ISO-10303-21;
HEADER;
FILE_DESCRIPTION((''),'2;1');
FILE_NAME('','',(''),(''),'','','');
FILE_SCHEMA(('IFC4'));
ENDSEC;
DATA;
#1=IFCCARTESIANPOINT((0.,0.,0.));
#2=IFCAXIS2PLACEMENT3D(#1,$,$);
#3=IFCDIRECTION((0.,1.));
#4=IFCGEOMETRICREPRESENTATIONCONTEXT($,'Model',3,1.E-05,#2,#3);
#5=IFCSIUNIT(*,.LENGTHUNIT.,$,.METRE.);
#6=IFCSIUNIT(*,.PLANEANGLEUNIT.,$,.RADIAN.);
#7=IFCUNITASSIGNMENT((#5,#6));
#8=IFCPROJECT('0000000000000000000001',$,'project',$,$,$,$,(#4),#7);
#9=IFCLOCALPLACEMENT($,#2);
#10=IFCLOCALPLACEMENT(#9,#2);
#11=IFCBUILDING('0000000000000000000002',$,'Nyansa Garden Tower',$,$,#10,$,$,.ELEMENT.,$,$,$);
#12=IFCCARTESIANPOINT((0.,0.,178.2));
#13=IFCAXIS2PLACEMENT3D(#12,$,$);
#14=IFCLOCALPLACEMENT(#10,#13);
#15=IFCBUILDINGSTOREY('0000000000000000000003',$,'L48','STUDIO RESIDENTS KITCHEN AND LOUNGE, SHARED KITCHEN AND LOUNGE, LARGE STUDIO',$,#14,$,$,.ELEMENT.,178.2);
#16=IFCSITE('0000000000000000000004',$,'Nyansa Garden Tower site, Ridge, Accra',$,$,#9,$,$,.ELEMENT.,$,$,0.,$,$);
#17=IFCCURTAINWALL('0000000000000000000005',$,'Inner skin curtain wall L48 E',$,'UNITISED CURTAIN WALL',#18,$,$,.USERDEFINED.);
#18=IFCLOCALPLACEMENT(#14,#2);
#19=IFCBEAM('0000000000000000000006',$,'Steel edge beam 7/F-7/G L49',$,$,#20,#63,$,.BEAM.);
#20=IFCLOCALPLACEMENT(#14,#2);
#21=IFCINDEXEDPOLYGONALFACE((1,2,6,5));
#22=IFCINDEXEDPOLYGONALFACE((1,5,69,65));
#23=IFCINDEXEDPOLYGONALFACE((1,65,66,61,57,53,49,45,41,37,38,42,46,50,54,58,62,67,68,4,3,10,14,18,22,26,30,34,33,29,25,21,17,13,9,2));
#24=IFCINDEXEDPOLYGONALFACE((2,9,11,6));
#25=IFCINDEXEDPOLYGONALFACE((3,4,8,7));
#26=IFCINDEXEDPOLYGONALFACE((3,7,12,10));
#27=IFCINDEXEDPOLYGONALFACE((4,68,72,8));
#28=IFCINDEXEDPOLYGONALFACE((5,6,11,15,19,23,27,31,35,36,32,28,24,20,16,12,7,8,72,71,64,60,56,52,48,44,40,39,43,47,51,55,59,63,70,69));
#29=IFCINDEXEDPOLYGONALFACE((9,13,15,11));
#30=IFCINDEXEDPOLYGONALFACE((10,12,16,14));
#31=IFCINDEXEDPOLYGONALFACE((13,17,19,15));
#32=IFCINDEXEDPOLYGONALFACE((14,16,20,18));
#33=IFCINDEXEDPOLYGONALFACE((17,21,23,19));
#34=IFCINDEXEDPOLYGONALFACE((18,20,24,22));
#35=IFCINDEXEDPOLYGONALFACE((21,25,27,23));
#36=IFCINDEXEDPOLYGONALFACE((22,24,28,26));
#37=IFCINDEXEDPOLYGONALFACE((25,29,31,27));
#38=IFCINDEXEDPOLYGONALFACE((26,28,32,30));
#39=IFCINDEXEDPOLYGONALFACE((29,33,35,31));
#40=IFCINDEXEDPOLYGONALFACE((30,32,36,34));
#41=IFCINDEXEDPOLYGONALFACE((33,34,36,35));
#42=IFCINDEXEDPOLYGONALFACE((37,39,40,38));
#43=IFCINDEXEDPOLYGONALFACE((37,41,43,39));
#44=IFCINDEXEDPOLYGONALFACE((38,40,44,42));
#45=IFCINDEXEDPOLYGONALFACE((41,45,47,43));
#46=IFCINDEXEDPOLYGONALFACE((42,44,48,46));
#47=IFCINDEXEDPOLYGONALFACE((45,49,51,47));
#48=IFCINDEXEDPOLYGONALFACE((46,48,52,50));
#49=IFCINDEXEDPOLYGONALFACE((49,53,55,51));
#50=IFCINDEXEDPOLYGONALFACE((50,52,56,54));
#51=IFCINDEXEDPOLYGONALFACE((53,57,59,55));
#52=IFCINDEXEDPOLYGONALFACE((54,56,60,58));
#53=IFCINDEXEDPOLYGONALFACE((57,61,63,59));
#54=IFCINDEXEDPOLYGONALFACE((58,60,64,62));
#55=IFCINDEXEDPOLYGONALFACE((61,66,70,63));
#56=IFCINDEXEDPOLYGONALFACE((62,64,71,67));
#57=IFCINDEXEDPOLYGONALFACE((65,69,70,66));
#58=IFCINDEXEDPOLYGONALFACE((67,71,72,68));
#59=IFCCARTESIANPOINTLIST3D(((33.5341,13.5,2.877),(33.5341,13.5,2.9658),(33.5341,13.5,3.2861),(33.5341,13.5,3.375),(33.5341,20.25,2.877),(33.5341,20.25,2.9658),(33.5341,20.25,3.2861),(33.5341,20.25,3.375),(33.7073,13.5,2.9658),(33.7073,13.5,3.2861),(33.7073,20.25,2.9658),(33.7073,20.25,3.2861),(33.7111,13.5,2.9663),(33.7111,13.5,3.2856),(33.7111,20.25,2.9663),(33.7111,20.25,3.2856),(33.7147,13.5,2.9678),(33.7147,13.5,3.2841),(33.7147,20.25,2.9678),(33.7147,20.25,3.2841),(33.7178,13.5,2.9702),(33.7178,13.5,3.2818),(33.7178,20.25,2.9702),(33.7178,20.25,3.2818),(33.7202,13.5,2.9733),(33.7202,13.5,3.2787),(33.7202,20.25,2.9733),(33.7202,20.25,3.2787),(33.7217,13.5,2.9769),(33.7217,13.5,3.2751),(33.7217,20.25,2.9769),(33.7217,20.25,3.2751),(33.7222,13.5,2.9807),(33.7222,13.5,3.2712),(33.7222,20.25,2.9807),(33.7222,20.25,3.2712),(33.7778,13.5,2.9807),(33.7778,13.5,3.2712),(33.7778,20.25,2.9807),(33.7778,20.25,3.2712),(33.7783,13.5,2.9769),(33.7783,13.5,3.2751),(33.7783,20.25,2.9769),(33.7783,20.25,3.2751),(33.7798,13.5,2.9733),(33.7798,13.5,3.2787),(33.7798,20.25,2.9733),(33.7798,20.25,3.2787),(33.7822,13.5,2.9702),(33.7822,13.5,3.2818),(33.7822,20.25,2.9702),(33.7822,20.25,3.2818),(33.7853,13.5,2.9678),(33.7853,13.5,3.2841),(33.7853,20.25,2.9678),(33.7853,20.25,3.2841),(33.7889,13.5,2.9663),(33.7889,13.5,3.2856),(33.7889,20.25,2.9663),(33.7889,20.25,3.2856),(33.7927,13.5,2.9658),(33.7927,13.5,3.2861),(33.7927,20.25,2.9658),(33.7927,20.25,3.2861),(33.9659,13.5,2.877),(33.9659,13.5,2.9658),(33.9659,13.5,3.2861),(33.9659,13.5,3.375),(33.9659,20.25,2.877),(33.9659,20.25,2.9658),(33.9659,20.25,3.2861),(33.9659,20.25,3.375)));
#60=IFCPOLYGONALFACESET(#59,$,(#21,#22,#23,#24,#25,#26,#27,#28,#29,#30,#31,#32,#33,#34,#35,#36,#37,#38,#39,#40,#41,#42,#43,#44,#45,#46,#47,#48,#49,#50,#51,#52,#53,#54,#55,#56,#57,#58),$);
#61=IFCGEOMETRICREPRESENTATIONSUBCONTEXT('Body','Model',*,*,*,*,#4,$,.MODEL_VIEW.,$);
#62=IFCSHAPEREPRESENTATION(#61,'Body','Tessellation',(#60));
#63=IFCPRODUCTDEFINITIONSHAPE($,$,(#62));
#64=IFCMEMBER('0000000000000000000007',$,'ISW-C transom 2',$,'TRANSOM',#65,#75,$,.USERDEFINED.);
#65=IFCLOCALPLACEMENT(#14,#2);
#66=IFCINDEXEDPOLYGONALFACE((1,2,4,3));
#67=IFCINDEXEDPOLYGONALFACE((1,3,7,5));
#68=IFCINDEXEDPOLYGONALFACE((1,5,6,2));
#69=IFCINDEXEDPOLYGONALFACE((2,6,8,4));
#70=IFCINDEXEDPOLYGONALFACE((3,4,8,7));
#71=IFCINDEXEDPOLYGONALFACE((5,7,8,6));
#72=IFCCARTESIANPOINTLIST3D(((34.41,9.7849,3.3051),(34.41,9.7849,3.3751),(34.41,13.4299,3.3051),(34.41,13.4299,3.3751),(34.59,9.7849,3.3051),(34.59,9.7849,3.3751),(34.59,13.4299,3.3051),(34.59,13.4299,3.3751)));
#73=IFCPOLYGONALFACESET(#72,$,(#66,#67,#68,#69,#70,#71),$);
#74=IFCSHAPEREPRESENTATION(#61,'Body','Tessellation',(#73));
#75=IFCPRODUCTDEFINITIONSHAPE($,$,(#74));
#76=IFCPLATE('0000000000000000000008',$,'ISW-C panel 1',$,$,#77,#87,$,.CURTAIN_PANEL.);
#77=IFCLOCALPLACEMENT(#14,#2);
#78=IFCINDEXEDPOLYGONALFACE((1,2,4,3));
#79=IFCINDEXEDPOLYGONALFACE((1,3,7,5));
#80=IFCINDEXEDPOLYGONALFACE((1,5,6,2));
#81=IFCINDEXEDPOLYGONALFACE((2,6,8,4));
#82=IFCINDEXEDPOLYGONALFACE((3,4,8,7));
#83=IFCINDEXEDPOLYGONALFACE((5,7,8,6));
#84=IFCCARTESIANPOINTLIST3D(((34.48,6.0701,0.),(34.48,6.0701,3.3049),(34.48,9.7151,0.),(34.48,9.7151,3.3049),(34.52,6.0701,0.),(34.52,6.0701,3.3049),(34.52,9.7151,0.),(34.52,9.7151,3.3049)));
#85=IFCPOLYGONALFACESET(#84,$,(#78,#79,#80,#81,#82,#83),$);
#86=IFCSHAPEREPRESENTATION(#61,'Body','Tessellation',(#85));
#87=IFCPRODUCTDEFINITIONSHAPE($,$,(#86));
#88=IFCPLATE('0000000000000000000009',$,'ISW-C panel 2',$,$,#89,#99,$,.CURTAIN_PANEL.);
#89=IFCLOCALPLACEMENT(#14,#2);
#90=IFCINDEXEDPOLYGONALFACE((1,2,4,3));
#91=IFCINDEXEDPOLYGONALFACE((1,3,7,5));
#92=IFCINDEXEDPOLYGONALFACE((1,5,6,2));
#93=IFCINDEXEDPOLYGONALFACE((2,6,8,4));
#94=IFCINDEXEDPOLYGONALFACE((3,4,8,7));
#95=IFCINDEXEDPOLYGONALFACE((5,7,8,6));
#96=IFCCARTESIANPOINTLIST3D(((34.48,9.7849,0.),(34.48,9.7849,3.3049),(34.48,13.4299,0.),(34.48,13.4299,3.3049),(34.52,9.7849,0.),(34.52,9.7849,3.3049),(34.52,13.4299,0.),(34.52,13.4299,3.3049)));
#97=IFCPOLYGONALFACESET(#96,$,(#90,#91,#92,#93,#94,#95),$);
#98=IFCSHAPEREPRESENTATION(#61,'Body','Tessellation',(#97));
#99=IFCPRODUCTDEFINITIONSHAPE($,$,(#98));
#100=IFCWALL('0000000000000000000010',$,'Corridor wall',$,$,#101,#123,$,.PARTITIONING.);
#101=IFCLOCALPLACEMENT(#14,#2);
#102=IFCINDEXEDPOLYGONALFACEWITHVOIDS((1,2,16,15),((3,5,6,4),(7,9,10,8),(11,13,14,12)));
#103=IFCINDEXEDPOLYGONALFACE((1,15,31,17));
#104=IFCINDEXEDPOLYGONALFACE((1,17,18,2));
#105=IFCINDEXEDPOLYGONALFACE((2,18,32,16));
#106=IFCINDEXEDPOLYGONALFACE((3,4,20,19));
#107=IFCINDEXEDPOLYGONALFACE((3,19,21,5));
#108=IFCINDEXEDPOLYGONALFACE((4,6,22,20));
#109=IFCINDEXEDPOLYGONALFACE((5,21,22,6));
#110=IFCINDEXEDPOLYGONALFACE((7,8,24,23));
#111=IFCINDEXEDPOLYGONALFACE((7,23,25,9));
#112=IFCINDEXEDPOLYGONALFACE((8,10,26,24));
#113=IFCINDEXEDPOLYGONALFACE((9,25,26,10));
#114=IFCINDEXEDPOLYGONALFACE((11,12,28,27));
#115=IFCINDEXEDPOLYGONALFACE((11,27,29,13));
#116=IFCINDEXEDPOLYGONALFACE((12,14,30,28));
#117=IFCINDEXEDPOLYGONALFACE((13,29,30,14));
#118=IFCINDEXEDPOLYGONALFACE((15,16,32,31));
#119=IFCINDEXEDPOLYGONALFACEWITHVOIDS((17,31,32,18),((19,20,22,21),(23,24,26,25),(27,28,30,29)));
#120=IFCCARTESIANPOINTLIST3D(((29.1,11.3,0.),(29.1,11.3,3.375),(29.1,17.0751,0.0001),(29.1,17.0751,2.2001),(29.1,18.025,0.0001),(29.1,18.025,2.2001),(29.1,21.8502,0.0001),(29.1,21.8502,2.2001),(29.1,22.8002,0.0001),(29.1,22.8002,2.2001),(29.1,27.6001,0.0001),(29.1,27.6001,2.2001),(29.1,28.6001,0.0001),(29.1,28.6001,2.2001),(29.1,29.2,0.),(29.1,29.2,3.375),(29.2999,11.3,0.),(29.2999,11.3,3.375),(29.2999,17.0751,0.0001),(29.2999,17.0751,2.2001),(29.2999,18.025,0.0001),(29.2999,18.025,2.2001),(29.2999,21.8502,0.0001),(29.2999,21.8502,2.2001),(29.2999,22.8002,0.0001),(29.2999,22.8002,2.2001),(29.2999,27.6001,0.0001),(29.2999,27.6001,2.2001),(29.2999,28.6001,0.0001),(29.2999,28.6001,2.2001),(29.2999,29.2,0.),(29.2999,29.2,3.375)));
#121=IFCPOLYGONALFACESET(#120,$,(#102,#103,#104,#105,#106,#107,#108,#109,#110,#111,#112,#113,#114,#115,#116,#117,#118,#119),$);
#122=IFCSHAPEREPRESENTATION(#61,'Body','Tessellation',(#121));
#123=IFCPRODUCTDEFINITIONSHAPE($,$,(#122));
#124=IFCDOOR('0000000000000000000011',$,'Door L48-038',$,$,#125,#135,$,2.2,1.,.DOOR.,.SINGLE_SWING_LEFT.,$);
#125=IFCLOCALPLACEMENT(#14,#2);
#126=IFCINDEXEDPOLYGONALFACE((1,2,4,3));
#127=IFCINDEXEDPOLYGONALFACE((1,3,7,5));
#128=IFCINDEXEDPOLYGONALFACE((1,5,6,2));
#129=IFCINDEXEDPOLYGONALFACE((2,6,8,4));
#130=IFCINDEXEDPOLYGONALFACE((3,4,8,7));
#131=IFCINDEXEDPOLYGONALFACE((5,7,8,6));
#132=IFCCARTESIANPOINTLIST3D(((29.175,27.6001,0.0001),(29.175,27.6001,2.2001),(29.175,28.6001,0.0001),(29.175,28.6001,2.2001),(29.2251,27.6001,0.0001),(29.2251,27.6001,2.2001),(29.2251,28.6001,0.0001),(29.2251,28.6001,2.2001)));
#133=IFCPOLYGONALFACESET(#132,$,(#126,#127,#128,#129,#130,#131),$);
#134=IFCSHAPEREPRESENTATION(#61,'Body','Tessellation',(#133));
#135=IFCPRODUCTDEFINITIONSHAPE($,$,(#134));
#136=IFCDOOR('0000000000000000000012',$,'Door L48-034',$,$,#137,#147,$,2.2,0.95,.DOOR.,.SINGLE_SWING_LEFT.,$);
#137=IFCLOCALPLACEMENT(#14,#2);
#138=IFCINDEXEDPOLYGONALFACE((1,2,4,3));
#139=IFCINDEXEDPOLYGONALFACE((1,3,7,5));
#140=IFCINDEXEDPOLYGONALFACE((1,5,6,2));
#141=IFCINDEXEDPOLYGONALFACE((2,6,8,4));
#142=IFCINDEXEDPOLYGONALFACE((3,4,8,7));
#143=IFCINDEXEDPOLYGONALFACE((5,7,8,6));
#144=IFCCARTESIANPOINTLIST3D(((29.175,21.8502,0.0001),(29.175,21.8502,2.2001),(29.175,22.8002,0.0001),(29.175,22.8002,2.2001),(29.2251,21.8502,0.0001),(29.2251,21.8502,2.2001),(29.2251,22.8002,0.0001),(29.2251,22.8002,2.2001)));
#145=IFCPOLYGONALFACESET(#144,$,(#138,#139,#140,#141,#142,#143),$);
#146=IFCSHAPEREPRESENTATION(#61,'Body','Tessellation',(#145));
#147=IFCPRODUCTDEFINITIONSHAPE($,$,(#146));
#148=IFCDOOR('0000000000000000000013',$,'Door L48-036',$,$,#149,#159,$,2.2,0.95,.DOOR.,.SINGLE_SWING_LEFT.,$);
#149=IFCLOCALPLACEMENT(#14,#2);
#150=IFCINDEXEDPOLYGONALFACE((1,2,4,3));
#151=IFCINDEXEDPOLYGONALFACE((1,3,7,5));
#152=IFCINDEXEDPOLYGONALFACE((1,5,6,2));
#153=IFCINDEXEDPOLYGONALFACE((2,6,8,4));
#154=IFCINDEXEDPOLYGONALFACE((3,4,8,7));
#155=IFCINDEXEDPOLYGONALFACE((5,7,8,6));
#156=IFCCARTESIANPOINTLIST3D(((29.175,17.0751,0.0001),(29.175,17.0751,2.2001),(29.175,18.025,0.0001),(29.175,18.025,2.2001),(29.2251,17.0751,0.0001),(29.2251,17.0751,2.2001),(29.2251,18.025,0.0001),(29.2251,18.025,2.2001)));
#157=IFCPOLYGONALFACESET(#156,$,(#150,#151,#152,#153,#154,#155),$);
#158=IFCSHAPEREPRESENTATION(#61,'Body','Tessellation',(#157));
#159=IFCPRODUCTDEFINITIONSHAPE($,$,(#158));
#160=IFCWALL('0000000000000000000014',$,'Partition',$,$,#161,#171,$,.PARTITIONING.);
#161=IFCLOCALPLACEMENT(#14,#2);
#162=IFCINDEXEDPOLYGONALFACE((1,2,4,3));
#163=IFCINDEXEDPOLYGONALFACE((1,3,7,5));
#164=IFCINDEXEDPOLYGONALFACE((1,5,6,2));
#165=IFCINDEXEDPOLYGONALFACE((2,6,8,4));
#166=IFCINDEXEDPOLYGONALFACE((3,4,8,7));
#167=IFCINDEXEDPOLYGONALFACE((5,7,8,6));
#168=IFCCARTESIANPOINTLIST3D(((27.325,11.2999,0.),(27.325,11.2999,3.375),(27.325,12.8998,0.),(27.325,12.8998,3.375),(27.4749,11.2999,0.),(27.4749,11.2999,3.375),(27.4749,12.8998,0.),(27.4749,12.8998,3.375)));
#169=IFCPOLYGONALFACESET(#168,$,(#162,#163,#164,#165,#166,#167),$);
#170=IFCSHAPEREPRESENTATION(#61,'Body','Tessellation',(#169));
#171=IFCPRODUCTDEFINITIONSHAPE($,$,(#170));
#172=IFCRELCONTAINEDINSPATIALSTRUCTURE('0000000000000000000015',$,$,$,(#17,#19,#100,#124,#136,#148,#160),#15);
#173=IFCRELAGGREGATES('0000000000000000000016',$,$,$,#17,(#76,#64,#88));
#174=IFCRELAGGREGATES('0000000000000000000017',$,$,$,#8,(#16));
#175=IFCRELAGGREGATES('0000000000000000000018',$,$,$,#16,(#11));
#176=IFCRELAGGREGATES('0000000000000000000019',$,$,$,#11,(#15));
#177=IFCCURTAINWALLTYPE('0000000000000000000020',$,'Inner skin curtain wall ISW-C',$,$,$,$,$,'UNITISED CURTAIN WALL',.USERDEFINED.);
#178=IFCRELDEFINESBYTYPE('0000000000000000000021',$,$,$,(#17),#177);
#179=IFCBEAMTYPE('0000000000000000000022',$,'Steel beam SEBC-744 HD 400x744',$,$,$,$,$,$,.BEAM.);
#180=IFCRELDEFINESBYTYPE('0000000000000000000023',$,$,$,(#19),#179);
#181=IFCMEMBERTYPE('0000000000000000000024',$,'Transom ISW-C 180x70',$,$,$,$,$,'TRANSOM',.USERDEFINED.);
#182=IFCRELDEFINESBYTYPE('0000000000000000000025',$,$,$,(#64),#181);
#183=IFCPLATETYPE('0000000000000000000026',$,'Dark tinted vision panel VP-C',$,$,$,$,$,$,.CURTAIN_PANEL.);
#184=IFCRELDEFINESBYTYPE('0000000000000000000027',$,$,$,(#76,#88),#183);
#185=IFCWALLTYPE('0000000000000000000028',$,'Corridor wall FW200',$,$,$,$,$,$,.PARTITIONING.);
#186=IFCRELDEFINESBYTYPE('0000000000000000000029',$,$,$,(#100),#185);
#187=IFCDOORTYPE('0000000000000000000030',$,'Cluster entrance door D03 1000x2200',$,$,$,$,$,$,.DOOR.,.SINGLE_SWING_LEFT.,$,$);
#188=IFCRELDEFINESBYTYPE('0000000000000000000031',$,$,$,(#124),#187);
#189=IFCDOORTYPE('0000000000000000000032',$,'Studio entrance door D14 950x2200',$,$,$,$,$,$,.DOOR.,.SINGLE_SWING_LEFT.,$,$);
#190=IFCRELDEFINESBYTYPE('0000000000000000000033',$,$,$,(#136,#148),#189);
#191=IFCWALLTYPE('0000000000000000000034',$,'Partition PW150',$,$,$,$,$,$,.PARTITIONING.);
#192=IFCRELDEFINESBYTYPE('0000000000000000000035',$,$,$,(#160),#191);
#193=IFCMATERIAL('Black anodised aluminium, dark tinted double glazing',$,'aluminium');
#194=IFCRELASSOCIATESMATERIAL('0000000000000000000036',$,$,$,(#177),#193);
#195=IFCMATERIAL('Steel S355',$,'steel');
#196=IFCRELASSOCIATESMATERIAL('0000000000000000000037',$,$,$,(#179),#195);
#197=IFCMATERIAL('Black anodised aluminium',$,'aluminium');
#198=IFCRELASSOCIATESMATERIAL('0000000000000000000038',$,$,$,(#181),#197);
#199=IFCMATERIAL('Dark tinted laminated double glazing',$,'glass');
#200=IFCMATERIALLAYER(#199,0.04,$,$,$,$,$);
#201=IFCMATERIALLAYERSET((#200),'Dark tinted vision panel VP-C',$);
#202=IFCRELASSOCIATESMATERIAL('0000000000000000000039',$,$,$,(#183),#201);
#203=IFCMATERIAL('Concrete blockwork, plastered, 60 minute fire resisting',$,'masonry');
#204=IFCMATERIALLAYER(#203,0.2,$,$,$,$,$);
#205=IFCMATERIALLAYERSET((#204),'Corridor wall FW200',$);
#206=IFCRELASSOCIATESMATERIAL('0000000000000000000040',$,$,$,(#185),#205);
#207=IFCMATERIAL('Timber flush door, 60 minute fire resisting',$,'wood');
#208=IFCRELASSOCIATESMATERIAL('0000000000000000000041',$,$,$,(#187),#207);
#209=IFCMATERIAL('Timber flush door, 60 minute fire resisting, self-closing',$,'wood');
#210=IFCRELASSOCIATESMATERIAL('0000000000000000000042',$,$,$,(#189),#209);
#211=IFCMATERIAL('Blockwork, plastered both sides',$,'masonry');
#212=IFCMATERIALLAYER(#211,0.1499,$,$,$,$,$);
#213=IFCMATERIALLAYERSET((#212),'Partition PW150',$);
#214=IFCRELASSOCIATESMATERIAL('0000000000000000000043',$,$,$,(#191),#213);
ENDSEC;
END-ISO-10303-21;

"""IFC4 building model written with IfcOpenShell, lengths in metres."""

from ifc_helpers import new_model, si_unit, direction, frame, frame_2d, origin, origin_2d, place, context, subcontext, project, spatial, rectangle, i_section, extrude, material, layer, layer_set, material_profile, profile_set, type_object, element, fill, aggregate, save


model = new_model("IFC4")

# Units and contexts
model_context = context("Model", 3, precision=1e-05, world=origin(), true_north=direction((0.0, 1.0)))
body_context = subcontext(model_context, "Body", "Model", "MODEL_VIEW")
ifc_project = project(units=[si_unit("LENGTHUNIT", "METRE"), si_unit("PLANEANGLEUNIT", "RADIAN")], contexts=[model_context])

# Site, building, storey
site_placement = place(None, origin())
site = spatial("IfcSite", under=ifc_project, at=site_placement, Name="Nyansa Garden Tower site, Ridge, Accra", CompositionType="ELEMENT", RefElevation=0.0)
building_placement = place(site_placement, origin())
building = spatial("IfcBuilding", under=site, at=building_placement, Name="Nyansa Garden Tower", CompositionType="ELEMENT")
storey_placement = place(building_placement, frame((0.0, 0.0, 178.2)))
storey = spatial("IfcBuildingStorey", under=building, at=storey_placement, Name="L48", Description="STUDIO RESIDENTS KITCHEN AND LOUNGE, SHARED KITCHEN AND LOUNGE, LARGE STUDIO", CompositionType="ELEMENT", Elevation=178.2)

# Curtain wall
ifc_material_1 = material(Name="Black anodised aluminium, dark tinted double glazing", Category="aluminium")
curtain_wall_type = type_object("IfcCurtainWallType", Name="Inner skin curtain wall ISW-C", ElementType="UNITISED CURTAIN WALL", PredefinedType="USERDEFINED", material=ifc_material_1)
curtain_wall_placement = place(storey_placement, origin())
curtain_wall = element("IfcCurtainWall", 1, at=curtain_wall_placement, inside=storey, type_object=curtain_wall_type, Name="Inner skin curtain wall L48 E", ObjectType="UNITISED CURTAIN WALL", PredefinedType="USERDEFINED")

# Beam
ifc_material_2 = material(Name="Steel S355", Category="steel")
ifc_material_profile_1 = material_profile(ifc_material_2, i_section(OverallWidth=0.4319, OverallDepth=0.498, WebThickness=0.0557, FlangeThickness=0.0889, FilletRadius=0.0149, at=origin_2d()), Name="HD 400x744")
ifc_profile_set_1 = profile_set([ifc_material_profile_1], Name="Steel S355")
beam_type_1 = type_object("IfcBeamType", Name="Steel beam SEBC-744 HD 400x744", PredefinedType="BEAM", material=ifc_profile_set_1)
for number, where, z_axis, x_axis, name in (
    (2, (33.75, 13.5, 3.126), (0.0, 1.0, 0.0), (-1.0, 0.0, 0.0), "Steel edge beam 7/F-7/G L49"),
):
    element("IfcBeam", number, at=place(storey_placement, frame(where, z_axis=z_axis, x_axis=x_axis)), inside=storey, type_object=beam_type_1, Name=name, PredefinedType="BEAM", context=body_context, shape_type="SweptSolid", body=[
        extrude(i_section(OverallWidth=0.4319, OverallDepth=0.498, WebThickness=0.0557, FlangeThickness=0.0889, FilletRadius=0.0149, at=origin_2d()), origin(), (0.0, 0.0, 1.0), 6.75),
    ])

# Member
ifc_material_3 = material(Name="Black anodised aluminium", Category="aluminium")
ifc_material_profile_2 = material_profile(ifc_material_3, rectangle(XDim=0.1799, YDim=0.0701, at=origin_2d()), Name="Transom 180x70")
ifc_profile_set_2 = profile_set([ifc_material_profile_2], Name="Black anodised aluminium")
member_type_1 = type_object("IfcMemberType", Name="Transom ISW-C 180x70", ElementType="TRANSOM", PredefinedType="USERDEFINED", material=ifc_profile_set_2)
member_1_placement = place(storey_placement, frame((34.5, 9.7849, 3.3401), z_axis=(0.0, 1.0, 0.0), x_axis=(-1.0, 0.0, 0.0)))
member_1 = element("IfcMember", 3, at=member_1_placement, type_object=member_type_1, Name="ISW-C transom 2", ObjectType="TRANSOM", PredefinedType="USERDEFINED", context=body_context, shape_type="SweptSolid", body=[
    extrude(rectangle(XDim=0.1799, YDim=0.0701, at=origin_2d()), origin(), (0.0, 0.0, 1.0), 3.645),
])

# Plates
ifc_material_4 = material(Name="Dark tinted laminated double glazing", Category="glass")
ifc_layer_1 = layer(ifc_material_4, 0.04)
ifc_layer_set_1 = layer_set([ifc_layer_1], Name="Dark tinted vision panel VP-C")
plate_type = type_object("IfcPlateType", Name="Dark tinted vision panel VP-C", PredefinedType="CURTAIN_PANEL", material=ifc_layer_set_1)
plate_1_placement = place(storey_placement, frame((34.5, 7.8926, 0.0), z_axis=(0.0, 0.0, 1.0), x_axis=(0.0, 1.0, 0.0)))
plate_1 = element("IfcPlate", 4, at=plate_1_placement, type_object=plate_type, Name="ISW-C panel 1", PredefinedType="CURTAIN_PANEL", context=body_context, shape_type="SweptSolid", body=[
    extrude(rectangle(XDim=3.645, YDim=0.04, at=origin_2d()), origin(), (0.0, 0.0, 1.0), 3.3049),
])
plate_2_placement = place(storey_placement, frame((34.5, 11.6074, 0.0), z_axis=(0.0, 0.0, 1.0), x_axis=(0.0, 1.0, 0.0)))
plate_2 = element("IfcPlate", 5, at=plate_2_placement, type_object=plate_type, Name="ISW-C panel 2", PredefinedType="CURTAIN_PANEL", context=body_context, shape_type="SweptSolid", body=[
    extrude(rectangle(XDim=3.645, YDim=0.04, at=origin_2d()), origin(), (0.0, 0.0, 1.0), 3.3049),
])
aggregate(curtain_wall, [plate_1, member_1, plate_2])

# Wall, openings, doors
ifc_material_5 = material(Name="Concrete blockwork, plastered, 60 minute fire resisting", Category="masonry")
ifc_layer_2 = layer(ifc_material_5, 0.2)
ifc_layer_set_2 = layer_set([ifc_layer_2], Name="Corridor wall FW200")
wall_type_1 = type_object("IfcWallType", Name="Corridor wall FW200", PredefinedType="PARTITIONING", material=ifc_layer_set_2)
wall_1_placement = place(storey_placement, frame((29.2, 11.3, 0.0), z_axis=(0.0, 0.0, 1.0), x_axis=(0.0, 1.0, 0.0)))
wall_1 = element("IfcWall", 6, at=wall_1_placement, inside=storey, type_object=wall_type_1, Name="Corridor wall", PredefinedType="PARTITIONING", context=body_context, shape_type="SweptSolid", body=[
    extrude(rectangle(XDim=17.8999, YDim=0.2, at=frame_2d((8.95, 0.0))), origin(), (0.0, 0.0, 1.0), 3.375),
])
opening_1_placement = place(wall_1_placement, frame((10.55, 0.0, 0.0)))
opening_1 = element("IfcOpeningElement", 7, at=opening_1_placement, cuts=wall_1, PredefinedType="OPENING", context=body_context, shape_type="SweptSolid", body=[
    extrude(rectangle(XDim=0.95, YDim=2.2, at=frame_2d((0.4751, 1.1001))), frame((0.0, 0.1099, 0.0), z_axis=(0.0, -1.0, 0.0), x_axis=(1.0, 0.0, 0.0)), (0.0, 0.0, 1.0), 0.22),
])
opening_2_placement = place(wall_1_placement, frame((5.7749, 0.0, 0.0)))
opening_2 = element("IfcOpeningElement", 8, at=opening_2_placement, cuts=wall_1, PredefinedType="OPENING", context=body_context, shape_type="SweptSolid", body=[
    extrude(rectangle(XDim=0.95, YDim=2.2, at=frame_2d((0.4751, 1.1001))), frame((0.0, 0.1099, 0.0), z_axis=(0.0, -1.0, 0.0), x_axis=(1.0, 0.0, 0.0)), (0.0, 0.0, 1.0), 0.22),
])
opening_3_placement = place(wall_1_placement, frame((16.3, 0.0, 0.0)))
opening_3 = element("IfcOpeningElement", 9, at=opening_3_placement, cuts=wall_1, PredefinedType="OPENING", context=body_context, shape_type="SweptSolid", body=[
    extrude(rectangle(XDim=1.0, YDim=2.2, at=frame_2d((0.5, 1.1001))), frame((0.0, 0.1099, 0.0), z_axis=(0.0, -1.0, 0.0), x_axis=(1.0, 0.0, 0.0)), (0.0, 0.0, 1.0), 0.22),
])
ifc_material_6 = material(Name="Timber flush door, 60 minute fire resisting", Category="wood")
door_type_1 = type_object("IfcDoorType", Name="Cluster entrance door D03 1000x2200", OperationType="SINGLE_SWING_LEFT", PredefinedType="DOOR", material=ifc_material_6)
door_1_placement = place(opening_3_placement, origin())
door_1 = element("IfcDoor", 10, at=door_1_placement, inside=storey, type_object=door_type_1, Name="Door L48-038", OperationType="SINGLE_SWING_LEFT", OverallHeight=2.2, OverallWidth=1.0, PredefinedType="DOOR", context=body_context, shape_type="SweptSolid", body=[
    extrude(rectangle(XDim=1.0, YDim=2.2, at=frame_2d((0.5, 1.1001))), frame((0.0, 0.0249, 0.0), z_axis=(0.0, -1.0, 0.0), x_axis=(1.0, 0.0, 0.0)), (0.0, 0.0, 1.0), 0.05),
])
fill(opening_3, door_1)
ifc_material_7 = material(Name="Timber flush door, 60 minute fire resisting, self-closing", Category="wood")
door_type_2 = type_object("IfcDoorType", Name="Studio entrance door D14 950x2200", OperationType="SINGLE_SWING_LEFT", PredefinedType="DOOR", material=ifc_material_7)
door_2_placement = place(opening_1_placement, origin())
door_2 = element("IfcDoor", 11, at=door_2_placement, inside=storey, type_object=door_type_2, Name="Door L48-034", OperationType="SINGLE_SWING_LEFT", OverallHeight=2.2, OverallWidth=0.95, PredefinedType="DOOR", context=body_context, shape_type="SweptSolid", body=[
    extrude(rectangle(XDim=0.95, YDim=2.2, at=frame_2d((0.4751, 1.1001))), frame((0.0, 0.0249, 0.0), z_axis=(0.0, -1.0, 0.0), x_axis=(1.0, 0.0, 0.0)), (0.0, 0.0, 1.0), 0.05),
])
fill(opening_1, door_2)
door_3_placement = place(opening_2_placement, origin())
door_3 = element("IfcDoor", 12, at=door_3_placement, inside=storey, type_object=door_type_2, Name="Door L48-036", OperationType="SINGLE_SWING_LEFT", OverallHeight=2.2, OverallWidth=0.95, PredefinedType="DOOR", context=body_context, shape_type="SweptSolid", body=[
    extrude(rectangle(XDim=0.95, YDim=2.2, at=frame_2d((0.4751, 1.1001))), frame((0.0, 0.0249, 0.0), z_axis=(0.0, -1.0, 0.0), x_axis=(1.0, 0.0, 0.0)), (0.0, 0.0, 1.0), 0.05),
])
fill(opening_2, door_3)

# Wall
ifc_material_8 = material(Name="Blockwork, plastered both sides", Category="masonry")
ifc_layer_3 = layer(ifc_material_8, 0.1499)
ifc_layer_set_3 = layer_set([ifc_layer_3], Name="Partition PW150")
wall_type_2 = type_object("IfcWallType", Name="Partition PW150", PredefinedType="PARTITIONING", material=ifc_layer_set_3)
wall_2_placement = place(storey_placement, frame((27.3999, 11.3, 0.0), z_axis=(0.0, 0.0, 1.0), x_axis=(0.0, 1.0, 0.0)))
element("IfcWall", 13, at=wall_2_placement, inside=storey, type_object=wall_type_2, Name="Partition", PredefinedType="PARTITIONING", context=body_context, shape_type="SweptSolid", body=[
    extrude(rectangle(XDim=1.5999, YDim=0.1499, at=frame_2d((0.7998, 0.0))), origin(), (0.0, 0.0, 1.0), 3.375),
])

save(model, "model.ifc")
